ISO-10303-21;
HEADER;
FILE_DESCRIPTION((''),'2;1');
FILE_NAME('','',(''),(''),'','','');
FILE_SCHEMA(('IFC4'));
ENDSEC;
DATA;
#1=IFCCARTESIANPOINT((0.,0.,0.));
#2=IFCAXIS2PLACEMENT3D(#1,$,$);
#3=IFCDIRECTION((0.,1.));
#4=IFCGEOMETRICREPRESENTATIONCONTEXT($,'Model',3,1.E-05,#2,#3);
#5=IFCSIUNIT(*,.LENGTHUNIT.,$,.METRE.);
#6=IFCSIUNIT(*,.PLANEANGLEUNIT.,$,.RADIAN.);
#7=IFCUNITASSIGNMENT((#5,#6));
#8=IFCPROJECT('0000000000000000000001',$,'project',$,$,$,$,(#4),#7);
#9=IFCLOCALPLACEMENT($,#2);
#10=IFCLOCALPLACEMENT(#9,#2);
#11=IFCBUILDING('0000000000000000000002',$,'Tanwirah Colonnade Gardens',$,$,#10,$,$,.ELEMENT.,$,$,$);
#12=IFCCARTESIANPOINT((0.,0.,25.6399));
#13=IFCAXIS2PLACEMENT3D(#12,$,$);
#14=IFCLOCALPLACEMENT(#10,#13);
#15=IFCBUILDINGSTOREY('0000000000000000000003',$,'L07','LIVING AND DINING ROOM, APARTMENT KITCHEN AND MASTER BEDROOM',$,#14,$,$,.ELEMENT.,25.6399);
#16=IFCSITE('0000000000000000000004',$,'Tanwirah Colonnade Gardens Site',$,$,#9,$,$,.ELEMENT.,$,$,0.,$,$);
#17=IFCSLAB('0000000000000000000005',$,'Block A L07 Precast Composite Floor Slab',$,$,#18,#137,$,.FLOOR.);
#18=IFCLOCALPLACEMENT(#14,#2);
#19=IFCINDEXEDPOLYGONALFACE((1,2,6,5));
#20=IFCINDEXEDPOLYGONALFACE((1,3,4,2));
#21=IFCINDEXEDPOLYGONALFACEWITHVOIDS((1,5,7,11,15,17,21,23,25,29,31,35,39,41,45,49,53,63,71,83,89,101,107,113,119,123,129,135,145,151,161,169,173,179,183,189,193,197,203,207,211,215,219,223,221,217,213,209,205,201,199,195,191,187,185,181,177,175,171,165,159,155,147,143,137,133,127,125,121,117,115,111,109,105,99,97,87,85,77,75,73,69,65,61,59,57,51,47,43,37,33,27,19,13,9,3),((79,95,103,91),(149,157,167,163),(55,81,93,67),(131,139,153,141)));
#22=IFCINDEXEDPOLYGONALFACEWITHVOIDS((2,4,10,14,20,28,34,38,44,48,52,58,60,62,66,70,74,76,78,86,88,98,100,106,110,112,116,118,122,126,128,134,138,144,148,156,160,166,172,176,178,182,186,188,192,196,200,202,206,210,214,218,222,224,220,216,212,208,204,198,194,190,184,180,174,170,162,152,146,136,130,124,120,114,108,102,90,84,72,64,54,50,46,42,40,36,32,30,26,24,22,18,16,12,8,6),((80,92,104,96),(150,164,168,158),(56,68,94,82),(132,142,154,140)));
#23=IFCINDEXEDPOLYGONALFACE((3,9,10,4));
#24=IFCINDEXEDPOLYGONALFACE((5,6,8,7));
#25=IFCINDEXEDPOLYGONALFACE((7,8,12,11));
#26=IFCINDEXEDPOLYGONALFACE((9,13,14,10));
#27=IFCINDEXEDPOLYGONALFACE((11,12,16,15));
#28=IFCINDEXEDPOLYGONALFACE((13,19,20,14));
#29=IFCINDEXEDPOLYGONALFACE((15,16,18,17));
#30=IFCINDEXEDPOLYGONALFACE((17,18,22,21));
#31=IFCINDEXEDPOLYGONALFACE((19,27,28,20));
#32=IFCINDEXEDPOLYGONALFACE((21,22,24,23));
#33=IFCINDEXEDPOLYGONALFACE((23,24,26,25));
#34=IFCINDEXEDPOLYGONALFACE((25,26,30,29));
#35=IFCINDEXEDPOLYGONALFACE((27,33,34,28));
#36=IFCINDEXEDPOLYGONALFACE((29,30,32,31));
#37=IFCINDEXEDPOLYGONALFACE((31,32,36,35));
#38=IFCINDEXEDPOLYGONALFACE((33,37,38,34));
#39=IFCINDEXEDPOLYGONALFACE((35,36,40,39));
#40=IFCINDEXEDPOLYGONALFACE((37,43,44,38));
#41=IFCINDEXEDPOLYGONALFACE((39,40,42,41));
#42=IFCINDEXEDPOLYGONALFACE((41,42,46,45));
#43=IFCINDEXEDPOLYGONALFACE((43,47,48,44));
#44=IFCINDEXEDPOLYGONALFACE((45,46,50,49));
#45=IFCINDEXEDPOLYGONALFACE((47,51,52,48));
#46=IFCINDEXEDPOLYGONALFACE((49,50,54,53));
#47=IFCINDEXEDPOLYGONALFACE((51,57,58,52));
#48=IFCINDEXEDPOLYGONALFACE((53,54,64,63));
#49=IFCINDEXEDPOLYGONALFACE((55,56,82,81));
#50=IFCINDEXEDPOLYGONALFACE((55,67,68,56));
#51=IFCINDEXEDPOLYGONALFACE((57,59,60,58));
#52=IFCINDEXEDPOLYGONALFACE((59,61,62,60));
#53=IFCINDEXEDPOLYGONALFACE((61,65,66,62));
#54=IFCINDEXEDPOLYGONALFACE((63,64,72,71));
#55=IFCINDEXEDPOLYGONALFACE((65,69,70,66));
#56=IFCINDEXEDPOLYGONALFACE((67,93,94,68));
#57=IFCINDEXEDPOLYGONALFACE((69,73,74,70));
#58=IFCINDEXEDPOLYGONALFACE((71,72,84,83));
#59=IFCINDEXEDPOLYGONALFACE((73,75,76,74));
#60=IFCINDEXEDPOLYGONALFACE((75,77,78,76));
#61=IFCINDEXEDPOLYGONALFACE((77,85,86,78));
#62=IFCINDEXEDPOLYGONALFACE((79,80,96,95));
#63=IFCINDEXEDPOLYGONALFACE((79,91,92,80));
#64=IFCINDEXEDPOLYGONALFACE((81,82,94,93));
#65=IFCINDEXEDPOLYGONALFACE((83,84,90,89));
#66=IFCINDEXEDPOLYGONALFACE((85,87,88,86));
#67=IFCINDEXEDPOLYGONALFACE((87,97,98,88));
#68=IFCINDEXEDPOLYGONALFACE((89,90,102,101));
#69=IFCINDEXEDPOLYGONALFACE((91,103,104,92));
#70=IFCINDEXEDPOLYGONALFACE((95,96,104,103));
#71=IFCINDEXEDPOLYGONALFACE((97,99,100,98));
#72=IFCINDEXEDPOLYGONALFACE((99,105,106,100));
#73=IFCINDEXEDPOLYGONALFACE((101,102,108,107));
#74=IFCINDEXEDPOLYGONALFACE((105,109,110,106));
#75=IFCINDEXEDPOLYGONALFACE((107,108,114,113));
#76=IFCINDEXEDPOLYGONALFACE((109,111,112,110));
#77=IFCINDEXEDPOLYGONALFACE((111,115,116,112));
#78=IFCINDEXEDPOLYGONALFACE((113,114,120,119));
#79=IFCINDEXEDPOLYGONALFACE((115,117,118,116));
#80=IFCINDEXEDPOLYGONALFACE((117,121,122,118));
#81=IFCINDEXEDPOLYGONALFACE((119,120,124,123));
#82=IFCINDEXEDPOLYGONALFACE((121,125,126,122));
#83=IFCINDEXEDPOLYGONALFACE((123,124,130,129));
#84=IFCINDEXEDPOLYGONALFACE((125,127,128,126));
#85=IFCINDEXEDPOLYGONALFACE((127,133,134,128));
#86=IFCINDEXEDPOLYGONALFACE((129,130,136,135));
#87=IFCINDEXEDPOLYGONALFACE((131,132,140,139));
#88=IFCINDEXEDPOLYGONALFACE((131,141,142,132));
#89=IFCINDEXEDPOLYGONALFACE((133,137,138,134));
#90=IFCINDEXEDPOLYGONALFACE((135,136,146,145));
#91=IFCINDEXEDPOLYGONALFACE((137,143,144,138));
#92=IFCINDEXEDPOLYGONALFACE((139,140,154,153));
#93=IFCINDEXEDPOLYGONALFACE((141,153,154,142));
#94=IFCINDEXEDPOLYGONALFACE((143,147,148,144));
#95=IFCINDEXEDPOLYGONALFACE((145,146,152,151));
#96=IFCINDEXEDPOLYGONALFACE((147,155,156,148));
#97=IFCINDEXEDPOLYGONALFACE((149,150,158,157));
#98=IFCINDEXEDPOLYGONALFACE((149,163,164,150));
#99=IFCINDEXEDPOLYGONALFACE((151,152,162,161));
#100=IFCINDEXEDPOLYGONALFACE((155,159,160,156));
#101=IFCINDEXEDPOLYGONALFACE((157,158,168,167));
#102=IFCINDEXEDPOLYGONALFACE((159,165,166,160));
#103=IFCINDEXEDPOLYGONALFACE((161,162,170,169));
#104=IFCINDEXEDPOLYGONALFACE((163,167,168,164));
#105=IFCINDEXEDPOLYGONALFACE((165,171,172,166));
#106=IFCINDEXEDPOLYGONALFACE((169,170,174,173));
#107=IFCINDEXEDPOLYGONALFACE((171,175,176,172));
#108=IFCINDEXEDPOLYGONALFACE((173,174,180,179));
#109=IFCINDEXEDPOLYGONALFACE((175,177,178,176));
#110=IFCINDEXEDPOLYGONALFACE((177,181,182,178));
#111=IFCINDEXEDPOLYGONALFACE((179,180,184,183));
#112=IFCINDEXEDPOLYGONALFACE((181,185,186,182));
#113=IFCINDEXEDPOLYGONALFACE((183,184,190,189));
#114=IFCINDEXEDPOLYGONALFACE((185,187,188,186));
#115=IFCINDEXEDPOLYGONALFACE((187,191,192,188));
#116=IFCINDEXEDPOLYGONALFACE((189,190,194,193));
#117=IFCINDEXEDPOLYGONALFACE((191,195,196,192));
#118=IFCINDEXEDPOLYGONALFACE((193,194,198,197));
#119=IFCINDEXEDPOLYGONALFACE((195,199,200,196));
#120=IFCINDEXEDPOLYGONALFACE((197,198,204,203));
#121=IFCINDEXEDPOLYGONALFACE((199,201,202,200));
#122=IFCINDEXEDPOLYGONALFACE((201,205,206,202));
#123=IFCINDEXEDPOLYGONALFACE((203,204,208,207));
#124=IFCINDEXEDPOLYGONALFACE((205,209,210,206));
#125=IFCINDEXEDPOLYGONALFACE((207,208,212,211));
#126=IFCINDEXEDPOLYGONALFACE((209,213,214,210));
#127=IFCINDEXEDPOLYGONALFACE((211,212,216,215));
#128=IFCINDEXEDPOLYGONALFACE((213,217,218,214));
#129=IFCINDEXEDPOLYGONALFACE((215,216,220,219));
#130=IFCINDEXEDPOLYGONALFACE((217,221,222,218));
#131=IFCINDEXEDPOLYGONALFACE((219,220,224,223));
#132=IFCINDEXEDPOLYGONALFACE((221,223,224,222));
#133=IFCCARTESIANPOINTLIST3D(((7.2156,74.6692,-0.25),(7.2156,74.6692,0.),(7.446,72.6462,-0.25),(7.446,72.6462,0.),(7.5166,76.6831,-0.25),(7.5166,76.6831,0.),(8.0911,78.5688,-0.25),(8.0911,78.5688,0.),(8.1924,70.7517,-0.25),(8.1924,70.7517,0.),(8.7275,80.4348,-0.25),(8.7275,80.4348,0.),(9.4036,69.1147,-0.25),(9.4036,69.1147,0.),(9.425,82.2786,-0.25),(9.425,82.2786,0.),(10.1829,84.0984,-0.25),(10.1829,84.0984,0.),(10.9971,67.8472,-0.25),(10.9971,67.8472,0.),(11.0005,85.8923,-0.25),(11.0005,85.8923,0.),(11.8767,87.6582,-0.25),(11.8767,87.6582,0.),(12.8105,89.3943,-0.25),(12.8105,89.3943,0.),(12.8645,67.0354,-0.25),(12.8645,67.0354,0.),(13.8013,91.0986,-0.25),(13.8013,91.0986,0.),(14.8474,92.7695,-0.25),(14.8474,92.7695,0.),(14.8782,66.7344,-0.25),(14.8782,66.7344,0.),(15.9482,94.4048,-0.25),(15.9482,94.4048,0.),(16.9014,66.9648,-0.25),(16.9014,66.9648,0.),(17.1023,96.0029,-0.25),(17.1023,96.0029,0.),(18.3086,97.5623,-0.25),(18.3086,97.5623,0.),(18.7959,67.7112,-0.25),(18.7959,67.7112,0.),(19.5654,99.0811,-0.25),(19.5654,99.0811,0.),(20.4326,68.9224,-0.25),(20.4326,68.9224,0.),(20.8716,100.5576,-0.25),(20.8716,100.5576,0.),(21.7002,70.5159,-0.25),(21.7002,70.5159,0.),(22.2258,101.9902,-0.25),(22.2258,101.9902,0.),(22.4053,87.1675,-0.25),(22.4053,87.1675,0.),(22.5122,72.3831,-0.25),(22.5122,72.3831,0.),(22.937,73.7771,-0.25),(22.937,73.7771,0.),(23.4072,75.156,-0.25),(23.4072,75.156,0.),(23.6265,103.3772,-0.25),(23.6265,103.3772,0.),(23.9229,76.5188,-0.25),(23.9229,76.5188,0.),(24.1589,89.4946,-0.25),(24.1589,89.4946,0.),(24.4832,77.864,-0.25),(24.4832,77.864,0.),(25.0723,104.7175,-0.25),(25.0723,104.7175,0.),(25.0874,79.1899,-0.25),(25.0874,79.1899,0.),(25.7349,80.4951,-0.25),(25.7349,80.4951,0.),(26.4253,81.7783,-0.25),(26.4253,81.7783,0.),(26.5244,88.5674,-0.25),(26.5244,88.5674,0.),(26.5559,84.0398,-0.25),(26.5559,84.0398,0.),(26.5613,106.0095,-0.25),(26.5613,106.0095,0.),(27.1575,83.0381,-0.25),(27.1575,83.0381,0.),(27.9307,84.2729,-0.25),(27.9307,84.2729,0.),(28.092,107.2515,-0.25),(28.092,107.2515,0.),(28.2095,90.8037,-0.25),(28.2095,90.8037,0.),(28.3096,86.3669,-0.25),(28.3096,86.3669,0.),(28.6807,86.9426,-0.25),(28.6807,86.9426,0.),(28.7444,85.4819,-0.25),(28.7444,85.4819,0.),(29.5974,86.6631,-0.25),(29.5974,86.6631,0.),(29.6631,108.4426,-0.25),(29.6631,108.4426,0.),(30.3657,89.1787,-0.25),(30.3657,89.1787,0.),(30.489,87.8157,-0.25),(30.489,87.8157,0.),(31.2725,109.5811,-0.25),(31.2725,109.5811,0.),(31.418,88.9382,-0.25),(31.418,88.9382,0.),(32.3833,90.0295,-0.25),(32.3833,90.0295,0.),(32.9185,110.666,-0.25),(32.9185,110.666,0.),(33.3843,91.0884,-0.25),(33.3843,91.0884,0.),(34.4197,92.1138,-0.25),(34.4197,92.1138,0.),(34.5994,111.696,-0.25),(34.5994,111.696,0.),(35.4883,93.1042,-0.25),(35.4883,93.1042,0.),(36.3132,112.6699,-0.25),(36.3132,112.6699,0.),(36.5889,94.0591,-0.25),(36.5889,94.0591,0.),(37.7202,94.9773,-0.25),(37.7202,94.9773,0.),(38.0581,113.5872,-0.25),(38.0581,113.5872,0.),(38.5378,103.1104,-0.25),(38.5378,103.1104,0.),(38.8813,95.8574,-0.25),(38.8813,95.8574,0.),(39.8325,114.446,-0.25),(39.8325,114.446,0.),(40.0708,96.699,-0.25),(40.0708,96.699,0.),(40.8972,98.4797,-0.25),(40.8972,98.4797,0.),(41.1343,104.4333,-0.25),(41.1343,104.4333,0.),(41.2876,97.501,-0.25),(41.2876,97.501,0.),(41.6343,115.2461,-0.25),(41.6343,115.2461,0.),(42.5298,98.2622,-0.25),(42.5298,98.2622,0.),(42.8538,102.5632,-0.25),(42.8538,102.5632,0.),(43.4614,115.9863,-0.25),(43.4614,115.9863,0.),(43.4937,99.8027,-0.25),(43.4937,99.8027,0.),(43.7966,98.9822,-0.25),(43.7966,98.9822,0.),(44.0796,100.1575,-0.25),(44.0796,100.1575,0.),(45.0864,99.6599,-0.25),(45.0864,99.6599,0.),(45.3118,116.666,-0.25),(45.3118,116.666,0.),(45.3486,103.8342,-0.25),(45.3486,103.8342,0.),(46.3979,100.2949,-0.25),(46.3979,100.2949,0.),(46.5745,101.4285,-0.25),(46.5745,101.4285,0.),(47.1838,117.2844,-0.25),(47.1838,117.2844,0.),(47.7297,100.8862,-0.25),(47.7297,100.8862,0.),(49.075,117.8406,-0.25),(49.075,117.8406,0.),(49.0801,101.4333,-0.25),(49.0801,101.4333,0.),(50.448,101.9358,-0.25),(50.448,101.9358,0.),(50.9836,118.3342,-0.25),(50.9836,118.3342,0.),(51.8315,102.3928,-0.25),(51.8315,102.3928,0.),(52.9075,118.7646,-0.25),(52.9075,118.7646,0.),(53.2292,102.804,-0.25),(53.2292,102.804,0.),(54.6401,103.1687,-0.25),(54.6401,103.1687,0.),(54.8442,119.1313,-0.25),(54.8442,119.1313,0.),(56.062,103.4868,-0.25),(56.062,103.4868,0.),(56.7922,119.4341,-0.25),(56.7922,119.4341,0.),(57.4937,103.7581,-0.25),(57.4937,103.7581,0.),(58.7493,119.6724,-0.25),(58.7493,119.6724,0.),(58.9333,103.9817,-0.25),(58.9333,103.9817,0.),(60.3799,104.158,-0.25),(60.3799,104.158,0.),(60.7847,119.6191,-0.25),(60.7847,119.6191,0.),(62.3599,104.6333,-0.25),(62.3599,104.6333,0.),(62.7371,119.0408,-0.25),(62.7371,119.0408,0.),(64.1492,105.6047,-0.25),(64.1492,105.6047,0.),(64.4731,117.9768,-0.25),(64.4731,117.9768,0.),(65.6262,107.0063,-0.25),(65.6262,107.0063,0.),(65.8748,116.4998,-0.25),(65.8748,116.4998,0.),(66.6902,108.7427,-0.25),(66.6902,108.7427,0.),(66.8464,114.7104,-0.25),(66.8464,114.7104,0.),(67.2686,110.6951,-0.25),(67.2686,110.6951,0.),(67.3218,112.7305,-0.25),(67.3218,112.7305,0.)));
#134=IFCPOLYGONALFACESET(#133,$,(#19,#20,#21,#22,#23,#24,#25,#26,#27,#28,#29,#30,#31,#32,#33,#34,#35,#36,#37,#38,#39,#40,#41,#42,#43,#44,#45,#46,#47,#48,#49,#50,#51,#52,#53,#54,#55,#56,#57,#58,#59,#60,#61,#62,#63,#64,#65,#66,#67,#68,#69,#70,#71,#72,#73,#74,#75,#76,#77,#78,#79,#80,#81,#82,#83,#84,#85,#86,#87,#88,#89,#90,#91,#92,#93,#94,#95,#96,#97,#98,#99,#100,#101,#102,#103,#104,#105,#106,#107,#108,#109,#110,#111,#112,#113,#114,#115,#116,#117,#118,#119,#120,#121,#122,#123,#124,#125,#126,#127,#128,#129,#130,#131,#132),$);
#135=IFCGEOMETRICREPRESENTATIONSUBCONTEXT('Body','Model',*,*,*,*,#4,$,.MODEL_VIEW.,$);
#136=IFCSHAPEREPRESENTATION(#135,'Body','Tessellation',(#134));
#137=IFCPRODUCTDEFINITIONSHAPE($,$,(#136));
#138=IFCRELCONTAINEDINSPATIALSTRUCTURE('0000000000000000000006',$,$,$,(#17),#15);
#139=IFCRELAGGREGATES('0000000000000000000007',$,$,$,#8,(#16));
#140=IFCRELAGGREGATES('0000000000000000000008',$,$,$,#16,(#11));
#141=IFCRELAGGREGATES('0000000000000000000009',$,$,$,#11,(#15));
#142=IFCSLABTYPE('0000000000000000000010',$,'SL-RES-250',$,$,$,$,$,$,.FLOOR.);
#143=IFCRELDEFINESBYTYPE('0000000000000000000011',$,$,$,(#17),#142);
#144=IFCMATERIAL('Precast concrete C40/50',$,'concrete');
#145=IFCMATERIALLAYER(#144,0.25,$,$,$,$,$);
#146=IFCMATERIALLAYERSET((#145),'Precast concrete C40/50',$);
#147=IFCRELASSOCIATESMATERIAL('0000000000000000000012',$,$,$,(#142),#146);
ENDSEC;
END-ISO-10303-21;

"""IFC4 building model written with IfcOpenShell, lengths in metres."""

from ifc_helpers import new_model, si_unit, direction, frame, origin, place, context, subcontext, project, spatial, polyline, outline, extrude, material, layer, layer_set, type_object, element, save


model = new_model("IFC4")

# Units and contexts
model_context = context("Model", 3, precision=1e-05, world=origin(), true_north=direction((0.0, 1.0)))
body_context = subcontext(model_context, "Body", "Model", "MODEL_VIEW")
ifc_project = project(units=[si_unit("LENGTHUNIT", "METRE"), si_unit("PLANEANGLEUNIT", "RADIAN")], contexts=[model_context])

# Site, building, storey
site_placement = place(None, origin())
site = spatial("IfcSite", under=ifc_project, at=site_placement, Name="Tanwirah Colonnade Gardens Site", CompositionType="ELEMENT", RefElevation=0.0)
building_placement = place(site_placement, origin())
building = spatial("IfcBuilding", under=site, at=building_placement, Name="Tanwirah Colonnade Gardens", CompositionType="ELEMENT")
storey_placement = place(building_placement, frame((0.0, 0.0, 25.6399)))
storey = spatial("IfcBuildingStorey", under=building, at=storey_placement, Name="L07", Description="LIVING AND DINING ROOM, APARTMENT KITCHEN AND MASTER BEDROOM", CompositionType="ELEMENT", Elevation=25.6399)

# Shared definitions
ifc_material_1 = material(Name="Precast concrete C40/50", Category="concrete")

# Slab
ifc_layer_1 = layer(ifc_material_1, 0.25)
ifc_layer_set_1 = layer_set([ifc_layer_1], Name="Precast concrete C40/50")
slab_type_1 = type_object("IfcSlabType", Name="SL-RES-250", PredefinedType="FLOOR", material=ifc_layer_set_1)
slab_1_placement = place(storey_placement, frame((0.0, 0.0, -0.25)))
element("IfcSlab", 1, at=slab_1_placement, inside=storey, type_object=slab_type_1, Name="Block A L07 Precast Composite Floor Slab", PredefinedType="FLOOR", context=body_context, shape_type="SweptSolid", body=[
    extrude(outline(polyline([(57.4937, 103.7581), (58.9333, 103.9817), (60.3799, 104.158), (62.3599, 104.6333), (64.1492, 105.6047), (65.6262, 107.0063), (66.6902, 108.7427), (67.2686, 110.6951), (67.3218, 112.7305), (66.8464, 114.7104), (65.8748, 116.4998), (64.4731, 117.9768), (62.7371, 119.0408), (60.7847, 119.6191), (58.7493, 119.6724), (56.7922, 119.4341), (54.8442, 119.1313), (52.9075, 118.7646), (50.9836, 118.3342), (49.075, 117.8406), (47.1838, 117.2844), (45.3118, 116.666), (43.4614, 115.9863), (41.6343, 115.2461), (39.8325, 114.446), (38.0581, 113.5872), (36.3132, 112.6699), (34.5994, 111.696), (32.9185, 110.666), (31.2725, 109.5811), (29.6631, 108.4426), (28.092, 107.2515), (26.5613, 106.0095), (25.0723, 104.7175), (23.6265, 103.3772), (22.2258, 101.9902), (20.8716, 100.5576), (19.5654, 99.0811), (18.3086, 97.5623), (17.1023, 96.0029), (15.9482, 94.4048), (14.8474, 92.7695), (13.8013, 91.0986), (12.8105, 89.3943), (11.8767, 87.6582), (11.0005, 85.8923), (10.1829, 84.0984), (9.425, 82.2786), (8.7275, 80.4348), (8.0911, 78.5688), (7.5166, 76.6831), (7.2156, 74.6692), (7.446, 72.6462), (8.1924, 70.7517), (9.4036, 69.1147), (10.9971, 67.8472), (12.8645, 67.0354), (14.8782, 66.7344), (16.9014, 66.9648), (18.7959, 67.7112), (20.4326, 68.9224), (21.7002, 70.5159), (22.5122, 72.3831), (22.937, 73.7771), (23.4072, 75.156), (23.9229, 76.5188), (24.4832, 77.864), (25.0874, 79.1899), (25.7349, 80.4951), (26.4253, 81.7783), (27.1575, 83.0381), (27.9307, 84.2729), (28.7444, 85.4819), (29.5974, 86.6631), (30.489, 87.8157), (31.418, 88.9382), (32.3833, 90.0295), (33.3843, 91.0884), (34.4197, 92.1138), (35.4883, 93.1042), (36.5889, 94.0591), (37.7202, 94.9773), (38.8813, 95.8574), (40.0708, 96.699), (41.2876, 97.501), (42.5298, 98.2622), (43.7966, 98.9822), (45.0864, 99.6599), (46.3979, 100.2949), (47.7297, 100.8862), (49.0801, 101.4333), (50.448, 101.9358), (51.8315, 102.3928), (53.2292, 102.804), (54.6401, 103.1687), (56.062, 103.4868), (57.4937, 103.7581)]), holes=[polyline([(41.1343, 104.4333), (43.4937, 99.8027), (40.8972, 98.4797), (38.5378, 103.1104), (41.1343, 104.4333)]), polyline([(46.5745, 101.4285), (44.0796, 100.1575), (42.8538, 102.5632), (45.3486, 103.8342), (46.5745, 101.4285)]), polyline([(26.5559, 84.0398), (22.4053, 87.1675), (24.1589, 89.4946), (28.3096, 86.3669), (26.5559, 84.0398)]), polyline([(26.5244, 88.5674), (28.2095, 90.8037), (30.3657, 89.1787), (28.6807, 86.9426), (26.5244, 88.5674)])]), origin(), (0.0, 0.0, 1.0), 0.25),
])

save(model, "model.ifc")
